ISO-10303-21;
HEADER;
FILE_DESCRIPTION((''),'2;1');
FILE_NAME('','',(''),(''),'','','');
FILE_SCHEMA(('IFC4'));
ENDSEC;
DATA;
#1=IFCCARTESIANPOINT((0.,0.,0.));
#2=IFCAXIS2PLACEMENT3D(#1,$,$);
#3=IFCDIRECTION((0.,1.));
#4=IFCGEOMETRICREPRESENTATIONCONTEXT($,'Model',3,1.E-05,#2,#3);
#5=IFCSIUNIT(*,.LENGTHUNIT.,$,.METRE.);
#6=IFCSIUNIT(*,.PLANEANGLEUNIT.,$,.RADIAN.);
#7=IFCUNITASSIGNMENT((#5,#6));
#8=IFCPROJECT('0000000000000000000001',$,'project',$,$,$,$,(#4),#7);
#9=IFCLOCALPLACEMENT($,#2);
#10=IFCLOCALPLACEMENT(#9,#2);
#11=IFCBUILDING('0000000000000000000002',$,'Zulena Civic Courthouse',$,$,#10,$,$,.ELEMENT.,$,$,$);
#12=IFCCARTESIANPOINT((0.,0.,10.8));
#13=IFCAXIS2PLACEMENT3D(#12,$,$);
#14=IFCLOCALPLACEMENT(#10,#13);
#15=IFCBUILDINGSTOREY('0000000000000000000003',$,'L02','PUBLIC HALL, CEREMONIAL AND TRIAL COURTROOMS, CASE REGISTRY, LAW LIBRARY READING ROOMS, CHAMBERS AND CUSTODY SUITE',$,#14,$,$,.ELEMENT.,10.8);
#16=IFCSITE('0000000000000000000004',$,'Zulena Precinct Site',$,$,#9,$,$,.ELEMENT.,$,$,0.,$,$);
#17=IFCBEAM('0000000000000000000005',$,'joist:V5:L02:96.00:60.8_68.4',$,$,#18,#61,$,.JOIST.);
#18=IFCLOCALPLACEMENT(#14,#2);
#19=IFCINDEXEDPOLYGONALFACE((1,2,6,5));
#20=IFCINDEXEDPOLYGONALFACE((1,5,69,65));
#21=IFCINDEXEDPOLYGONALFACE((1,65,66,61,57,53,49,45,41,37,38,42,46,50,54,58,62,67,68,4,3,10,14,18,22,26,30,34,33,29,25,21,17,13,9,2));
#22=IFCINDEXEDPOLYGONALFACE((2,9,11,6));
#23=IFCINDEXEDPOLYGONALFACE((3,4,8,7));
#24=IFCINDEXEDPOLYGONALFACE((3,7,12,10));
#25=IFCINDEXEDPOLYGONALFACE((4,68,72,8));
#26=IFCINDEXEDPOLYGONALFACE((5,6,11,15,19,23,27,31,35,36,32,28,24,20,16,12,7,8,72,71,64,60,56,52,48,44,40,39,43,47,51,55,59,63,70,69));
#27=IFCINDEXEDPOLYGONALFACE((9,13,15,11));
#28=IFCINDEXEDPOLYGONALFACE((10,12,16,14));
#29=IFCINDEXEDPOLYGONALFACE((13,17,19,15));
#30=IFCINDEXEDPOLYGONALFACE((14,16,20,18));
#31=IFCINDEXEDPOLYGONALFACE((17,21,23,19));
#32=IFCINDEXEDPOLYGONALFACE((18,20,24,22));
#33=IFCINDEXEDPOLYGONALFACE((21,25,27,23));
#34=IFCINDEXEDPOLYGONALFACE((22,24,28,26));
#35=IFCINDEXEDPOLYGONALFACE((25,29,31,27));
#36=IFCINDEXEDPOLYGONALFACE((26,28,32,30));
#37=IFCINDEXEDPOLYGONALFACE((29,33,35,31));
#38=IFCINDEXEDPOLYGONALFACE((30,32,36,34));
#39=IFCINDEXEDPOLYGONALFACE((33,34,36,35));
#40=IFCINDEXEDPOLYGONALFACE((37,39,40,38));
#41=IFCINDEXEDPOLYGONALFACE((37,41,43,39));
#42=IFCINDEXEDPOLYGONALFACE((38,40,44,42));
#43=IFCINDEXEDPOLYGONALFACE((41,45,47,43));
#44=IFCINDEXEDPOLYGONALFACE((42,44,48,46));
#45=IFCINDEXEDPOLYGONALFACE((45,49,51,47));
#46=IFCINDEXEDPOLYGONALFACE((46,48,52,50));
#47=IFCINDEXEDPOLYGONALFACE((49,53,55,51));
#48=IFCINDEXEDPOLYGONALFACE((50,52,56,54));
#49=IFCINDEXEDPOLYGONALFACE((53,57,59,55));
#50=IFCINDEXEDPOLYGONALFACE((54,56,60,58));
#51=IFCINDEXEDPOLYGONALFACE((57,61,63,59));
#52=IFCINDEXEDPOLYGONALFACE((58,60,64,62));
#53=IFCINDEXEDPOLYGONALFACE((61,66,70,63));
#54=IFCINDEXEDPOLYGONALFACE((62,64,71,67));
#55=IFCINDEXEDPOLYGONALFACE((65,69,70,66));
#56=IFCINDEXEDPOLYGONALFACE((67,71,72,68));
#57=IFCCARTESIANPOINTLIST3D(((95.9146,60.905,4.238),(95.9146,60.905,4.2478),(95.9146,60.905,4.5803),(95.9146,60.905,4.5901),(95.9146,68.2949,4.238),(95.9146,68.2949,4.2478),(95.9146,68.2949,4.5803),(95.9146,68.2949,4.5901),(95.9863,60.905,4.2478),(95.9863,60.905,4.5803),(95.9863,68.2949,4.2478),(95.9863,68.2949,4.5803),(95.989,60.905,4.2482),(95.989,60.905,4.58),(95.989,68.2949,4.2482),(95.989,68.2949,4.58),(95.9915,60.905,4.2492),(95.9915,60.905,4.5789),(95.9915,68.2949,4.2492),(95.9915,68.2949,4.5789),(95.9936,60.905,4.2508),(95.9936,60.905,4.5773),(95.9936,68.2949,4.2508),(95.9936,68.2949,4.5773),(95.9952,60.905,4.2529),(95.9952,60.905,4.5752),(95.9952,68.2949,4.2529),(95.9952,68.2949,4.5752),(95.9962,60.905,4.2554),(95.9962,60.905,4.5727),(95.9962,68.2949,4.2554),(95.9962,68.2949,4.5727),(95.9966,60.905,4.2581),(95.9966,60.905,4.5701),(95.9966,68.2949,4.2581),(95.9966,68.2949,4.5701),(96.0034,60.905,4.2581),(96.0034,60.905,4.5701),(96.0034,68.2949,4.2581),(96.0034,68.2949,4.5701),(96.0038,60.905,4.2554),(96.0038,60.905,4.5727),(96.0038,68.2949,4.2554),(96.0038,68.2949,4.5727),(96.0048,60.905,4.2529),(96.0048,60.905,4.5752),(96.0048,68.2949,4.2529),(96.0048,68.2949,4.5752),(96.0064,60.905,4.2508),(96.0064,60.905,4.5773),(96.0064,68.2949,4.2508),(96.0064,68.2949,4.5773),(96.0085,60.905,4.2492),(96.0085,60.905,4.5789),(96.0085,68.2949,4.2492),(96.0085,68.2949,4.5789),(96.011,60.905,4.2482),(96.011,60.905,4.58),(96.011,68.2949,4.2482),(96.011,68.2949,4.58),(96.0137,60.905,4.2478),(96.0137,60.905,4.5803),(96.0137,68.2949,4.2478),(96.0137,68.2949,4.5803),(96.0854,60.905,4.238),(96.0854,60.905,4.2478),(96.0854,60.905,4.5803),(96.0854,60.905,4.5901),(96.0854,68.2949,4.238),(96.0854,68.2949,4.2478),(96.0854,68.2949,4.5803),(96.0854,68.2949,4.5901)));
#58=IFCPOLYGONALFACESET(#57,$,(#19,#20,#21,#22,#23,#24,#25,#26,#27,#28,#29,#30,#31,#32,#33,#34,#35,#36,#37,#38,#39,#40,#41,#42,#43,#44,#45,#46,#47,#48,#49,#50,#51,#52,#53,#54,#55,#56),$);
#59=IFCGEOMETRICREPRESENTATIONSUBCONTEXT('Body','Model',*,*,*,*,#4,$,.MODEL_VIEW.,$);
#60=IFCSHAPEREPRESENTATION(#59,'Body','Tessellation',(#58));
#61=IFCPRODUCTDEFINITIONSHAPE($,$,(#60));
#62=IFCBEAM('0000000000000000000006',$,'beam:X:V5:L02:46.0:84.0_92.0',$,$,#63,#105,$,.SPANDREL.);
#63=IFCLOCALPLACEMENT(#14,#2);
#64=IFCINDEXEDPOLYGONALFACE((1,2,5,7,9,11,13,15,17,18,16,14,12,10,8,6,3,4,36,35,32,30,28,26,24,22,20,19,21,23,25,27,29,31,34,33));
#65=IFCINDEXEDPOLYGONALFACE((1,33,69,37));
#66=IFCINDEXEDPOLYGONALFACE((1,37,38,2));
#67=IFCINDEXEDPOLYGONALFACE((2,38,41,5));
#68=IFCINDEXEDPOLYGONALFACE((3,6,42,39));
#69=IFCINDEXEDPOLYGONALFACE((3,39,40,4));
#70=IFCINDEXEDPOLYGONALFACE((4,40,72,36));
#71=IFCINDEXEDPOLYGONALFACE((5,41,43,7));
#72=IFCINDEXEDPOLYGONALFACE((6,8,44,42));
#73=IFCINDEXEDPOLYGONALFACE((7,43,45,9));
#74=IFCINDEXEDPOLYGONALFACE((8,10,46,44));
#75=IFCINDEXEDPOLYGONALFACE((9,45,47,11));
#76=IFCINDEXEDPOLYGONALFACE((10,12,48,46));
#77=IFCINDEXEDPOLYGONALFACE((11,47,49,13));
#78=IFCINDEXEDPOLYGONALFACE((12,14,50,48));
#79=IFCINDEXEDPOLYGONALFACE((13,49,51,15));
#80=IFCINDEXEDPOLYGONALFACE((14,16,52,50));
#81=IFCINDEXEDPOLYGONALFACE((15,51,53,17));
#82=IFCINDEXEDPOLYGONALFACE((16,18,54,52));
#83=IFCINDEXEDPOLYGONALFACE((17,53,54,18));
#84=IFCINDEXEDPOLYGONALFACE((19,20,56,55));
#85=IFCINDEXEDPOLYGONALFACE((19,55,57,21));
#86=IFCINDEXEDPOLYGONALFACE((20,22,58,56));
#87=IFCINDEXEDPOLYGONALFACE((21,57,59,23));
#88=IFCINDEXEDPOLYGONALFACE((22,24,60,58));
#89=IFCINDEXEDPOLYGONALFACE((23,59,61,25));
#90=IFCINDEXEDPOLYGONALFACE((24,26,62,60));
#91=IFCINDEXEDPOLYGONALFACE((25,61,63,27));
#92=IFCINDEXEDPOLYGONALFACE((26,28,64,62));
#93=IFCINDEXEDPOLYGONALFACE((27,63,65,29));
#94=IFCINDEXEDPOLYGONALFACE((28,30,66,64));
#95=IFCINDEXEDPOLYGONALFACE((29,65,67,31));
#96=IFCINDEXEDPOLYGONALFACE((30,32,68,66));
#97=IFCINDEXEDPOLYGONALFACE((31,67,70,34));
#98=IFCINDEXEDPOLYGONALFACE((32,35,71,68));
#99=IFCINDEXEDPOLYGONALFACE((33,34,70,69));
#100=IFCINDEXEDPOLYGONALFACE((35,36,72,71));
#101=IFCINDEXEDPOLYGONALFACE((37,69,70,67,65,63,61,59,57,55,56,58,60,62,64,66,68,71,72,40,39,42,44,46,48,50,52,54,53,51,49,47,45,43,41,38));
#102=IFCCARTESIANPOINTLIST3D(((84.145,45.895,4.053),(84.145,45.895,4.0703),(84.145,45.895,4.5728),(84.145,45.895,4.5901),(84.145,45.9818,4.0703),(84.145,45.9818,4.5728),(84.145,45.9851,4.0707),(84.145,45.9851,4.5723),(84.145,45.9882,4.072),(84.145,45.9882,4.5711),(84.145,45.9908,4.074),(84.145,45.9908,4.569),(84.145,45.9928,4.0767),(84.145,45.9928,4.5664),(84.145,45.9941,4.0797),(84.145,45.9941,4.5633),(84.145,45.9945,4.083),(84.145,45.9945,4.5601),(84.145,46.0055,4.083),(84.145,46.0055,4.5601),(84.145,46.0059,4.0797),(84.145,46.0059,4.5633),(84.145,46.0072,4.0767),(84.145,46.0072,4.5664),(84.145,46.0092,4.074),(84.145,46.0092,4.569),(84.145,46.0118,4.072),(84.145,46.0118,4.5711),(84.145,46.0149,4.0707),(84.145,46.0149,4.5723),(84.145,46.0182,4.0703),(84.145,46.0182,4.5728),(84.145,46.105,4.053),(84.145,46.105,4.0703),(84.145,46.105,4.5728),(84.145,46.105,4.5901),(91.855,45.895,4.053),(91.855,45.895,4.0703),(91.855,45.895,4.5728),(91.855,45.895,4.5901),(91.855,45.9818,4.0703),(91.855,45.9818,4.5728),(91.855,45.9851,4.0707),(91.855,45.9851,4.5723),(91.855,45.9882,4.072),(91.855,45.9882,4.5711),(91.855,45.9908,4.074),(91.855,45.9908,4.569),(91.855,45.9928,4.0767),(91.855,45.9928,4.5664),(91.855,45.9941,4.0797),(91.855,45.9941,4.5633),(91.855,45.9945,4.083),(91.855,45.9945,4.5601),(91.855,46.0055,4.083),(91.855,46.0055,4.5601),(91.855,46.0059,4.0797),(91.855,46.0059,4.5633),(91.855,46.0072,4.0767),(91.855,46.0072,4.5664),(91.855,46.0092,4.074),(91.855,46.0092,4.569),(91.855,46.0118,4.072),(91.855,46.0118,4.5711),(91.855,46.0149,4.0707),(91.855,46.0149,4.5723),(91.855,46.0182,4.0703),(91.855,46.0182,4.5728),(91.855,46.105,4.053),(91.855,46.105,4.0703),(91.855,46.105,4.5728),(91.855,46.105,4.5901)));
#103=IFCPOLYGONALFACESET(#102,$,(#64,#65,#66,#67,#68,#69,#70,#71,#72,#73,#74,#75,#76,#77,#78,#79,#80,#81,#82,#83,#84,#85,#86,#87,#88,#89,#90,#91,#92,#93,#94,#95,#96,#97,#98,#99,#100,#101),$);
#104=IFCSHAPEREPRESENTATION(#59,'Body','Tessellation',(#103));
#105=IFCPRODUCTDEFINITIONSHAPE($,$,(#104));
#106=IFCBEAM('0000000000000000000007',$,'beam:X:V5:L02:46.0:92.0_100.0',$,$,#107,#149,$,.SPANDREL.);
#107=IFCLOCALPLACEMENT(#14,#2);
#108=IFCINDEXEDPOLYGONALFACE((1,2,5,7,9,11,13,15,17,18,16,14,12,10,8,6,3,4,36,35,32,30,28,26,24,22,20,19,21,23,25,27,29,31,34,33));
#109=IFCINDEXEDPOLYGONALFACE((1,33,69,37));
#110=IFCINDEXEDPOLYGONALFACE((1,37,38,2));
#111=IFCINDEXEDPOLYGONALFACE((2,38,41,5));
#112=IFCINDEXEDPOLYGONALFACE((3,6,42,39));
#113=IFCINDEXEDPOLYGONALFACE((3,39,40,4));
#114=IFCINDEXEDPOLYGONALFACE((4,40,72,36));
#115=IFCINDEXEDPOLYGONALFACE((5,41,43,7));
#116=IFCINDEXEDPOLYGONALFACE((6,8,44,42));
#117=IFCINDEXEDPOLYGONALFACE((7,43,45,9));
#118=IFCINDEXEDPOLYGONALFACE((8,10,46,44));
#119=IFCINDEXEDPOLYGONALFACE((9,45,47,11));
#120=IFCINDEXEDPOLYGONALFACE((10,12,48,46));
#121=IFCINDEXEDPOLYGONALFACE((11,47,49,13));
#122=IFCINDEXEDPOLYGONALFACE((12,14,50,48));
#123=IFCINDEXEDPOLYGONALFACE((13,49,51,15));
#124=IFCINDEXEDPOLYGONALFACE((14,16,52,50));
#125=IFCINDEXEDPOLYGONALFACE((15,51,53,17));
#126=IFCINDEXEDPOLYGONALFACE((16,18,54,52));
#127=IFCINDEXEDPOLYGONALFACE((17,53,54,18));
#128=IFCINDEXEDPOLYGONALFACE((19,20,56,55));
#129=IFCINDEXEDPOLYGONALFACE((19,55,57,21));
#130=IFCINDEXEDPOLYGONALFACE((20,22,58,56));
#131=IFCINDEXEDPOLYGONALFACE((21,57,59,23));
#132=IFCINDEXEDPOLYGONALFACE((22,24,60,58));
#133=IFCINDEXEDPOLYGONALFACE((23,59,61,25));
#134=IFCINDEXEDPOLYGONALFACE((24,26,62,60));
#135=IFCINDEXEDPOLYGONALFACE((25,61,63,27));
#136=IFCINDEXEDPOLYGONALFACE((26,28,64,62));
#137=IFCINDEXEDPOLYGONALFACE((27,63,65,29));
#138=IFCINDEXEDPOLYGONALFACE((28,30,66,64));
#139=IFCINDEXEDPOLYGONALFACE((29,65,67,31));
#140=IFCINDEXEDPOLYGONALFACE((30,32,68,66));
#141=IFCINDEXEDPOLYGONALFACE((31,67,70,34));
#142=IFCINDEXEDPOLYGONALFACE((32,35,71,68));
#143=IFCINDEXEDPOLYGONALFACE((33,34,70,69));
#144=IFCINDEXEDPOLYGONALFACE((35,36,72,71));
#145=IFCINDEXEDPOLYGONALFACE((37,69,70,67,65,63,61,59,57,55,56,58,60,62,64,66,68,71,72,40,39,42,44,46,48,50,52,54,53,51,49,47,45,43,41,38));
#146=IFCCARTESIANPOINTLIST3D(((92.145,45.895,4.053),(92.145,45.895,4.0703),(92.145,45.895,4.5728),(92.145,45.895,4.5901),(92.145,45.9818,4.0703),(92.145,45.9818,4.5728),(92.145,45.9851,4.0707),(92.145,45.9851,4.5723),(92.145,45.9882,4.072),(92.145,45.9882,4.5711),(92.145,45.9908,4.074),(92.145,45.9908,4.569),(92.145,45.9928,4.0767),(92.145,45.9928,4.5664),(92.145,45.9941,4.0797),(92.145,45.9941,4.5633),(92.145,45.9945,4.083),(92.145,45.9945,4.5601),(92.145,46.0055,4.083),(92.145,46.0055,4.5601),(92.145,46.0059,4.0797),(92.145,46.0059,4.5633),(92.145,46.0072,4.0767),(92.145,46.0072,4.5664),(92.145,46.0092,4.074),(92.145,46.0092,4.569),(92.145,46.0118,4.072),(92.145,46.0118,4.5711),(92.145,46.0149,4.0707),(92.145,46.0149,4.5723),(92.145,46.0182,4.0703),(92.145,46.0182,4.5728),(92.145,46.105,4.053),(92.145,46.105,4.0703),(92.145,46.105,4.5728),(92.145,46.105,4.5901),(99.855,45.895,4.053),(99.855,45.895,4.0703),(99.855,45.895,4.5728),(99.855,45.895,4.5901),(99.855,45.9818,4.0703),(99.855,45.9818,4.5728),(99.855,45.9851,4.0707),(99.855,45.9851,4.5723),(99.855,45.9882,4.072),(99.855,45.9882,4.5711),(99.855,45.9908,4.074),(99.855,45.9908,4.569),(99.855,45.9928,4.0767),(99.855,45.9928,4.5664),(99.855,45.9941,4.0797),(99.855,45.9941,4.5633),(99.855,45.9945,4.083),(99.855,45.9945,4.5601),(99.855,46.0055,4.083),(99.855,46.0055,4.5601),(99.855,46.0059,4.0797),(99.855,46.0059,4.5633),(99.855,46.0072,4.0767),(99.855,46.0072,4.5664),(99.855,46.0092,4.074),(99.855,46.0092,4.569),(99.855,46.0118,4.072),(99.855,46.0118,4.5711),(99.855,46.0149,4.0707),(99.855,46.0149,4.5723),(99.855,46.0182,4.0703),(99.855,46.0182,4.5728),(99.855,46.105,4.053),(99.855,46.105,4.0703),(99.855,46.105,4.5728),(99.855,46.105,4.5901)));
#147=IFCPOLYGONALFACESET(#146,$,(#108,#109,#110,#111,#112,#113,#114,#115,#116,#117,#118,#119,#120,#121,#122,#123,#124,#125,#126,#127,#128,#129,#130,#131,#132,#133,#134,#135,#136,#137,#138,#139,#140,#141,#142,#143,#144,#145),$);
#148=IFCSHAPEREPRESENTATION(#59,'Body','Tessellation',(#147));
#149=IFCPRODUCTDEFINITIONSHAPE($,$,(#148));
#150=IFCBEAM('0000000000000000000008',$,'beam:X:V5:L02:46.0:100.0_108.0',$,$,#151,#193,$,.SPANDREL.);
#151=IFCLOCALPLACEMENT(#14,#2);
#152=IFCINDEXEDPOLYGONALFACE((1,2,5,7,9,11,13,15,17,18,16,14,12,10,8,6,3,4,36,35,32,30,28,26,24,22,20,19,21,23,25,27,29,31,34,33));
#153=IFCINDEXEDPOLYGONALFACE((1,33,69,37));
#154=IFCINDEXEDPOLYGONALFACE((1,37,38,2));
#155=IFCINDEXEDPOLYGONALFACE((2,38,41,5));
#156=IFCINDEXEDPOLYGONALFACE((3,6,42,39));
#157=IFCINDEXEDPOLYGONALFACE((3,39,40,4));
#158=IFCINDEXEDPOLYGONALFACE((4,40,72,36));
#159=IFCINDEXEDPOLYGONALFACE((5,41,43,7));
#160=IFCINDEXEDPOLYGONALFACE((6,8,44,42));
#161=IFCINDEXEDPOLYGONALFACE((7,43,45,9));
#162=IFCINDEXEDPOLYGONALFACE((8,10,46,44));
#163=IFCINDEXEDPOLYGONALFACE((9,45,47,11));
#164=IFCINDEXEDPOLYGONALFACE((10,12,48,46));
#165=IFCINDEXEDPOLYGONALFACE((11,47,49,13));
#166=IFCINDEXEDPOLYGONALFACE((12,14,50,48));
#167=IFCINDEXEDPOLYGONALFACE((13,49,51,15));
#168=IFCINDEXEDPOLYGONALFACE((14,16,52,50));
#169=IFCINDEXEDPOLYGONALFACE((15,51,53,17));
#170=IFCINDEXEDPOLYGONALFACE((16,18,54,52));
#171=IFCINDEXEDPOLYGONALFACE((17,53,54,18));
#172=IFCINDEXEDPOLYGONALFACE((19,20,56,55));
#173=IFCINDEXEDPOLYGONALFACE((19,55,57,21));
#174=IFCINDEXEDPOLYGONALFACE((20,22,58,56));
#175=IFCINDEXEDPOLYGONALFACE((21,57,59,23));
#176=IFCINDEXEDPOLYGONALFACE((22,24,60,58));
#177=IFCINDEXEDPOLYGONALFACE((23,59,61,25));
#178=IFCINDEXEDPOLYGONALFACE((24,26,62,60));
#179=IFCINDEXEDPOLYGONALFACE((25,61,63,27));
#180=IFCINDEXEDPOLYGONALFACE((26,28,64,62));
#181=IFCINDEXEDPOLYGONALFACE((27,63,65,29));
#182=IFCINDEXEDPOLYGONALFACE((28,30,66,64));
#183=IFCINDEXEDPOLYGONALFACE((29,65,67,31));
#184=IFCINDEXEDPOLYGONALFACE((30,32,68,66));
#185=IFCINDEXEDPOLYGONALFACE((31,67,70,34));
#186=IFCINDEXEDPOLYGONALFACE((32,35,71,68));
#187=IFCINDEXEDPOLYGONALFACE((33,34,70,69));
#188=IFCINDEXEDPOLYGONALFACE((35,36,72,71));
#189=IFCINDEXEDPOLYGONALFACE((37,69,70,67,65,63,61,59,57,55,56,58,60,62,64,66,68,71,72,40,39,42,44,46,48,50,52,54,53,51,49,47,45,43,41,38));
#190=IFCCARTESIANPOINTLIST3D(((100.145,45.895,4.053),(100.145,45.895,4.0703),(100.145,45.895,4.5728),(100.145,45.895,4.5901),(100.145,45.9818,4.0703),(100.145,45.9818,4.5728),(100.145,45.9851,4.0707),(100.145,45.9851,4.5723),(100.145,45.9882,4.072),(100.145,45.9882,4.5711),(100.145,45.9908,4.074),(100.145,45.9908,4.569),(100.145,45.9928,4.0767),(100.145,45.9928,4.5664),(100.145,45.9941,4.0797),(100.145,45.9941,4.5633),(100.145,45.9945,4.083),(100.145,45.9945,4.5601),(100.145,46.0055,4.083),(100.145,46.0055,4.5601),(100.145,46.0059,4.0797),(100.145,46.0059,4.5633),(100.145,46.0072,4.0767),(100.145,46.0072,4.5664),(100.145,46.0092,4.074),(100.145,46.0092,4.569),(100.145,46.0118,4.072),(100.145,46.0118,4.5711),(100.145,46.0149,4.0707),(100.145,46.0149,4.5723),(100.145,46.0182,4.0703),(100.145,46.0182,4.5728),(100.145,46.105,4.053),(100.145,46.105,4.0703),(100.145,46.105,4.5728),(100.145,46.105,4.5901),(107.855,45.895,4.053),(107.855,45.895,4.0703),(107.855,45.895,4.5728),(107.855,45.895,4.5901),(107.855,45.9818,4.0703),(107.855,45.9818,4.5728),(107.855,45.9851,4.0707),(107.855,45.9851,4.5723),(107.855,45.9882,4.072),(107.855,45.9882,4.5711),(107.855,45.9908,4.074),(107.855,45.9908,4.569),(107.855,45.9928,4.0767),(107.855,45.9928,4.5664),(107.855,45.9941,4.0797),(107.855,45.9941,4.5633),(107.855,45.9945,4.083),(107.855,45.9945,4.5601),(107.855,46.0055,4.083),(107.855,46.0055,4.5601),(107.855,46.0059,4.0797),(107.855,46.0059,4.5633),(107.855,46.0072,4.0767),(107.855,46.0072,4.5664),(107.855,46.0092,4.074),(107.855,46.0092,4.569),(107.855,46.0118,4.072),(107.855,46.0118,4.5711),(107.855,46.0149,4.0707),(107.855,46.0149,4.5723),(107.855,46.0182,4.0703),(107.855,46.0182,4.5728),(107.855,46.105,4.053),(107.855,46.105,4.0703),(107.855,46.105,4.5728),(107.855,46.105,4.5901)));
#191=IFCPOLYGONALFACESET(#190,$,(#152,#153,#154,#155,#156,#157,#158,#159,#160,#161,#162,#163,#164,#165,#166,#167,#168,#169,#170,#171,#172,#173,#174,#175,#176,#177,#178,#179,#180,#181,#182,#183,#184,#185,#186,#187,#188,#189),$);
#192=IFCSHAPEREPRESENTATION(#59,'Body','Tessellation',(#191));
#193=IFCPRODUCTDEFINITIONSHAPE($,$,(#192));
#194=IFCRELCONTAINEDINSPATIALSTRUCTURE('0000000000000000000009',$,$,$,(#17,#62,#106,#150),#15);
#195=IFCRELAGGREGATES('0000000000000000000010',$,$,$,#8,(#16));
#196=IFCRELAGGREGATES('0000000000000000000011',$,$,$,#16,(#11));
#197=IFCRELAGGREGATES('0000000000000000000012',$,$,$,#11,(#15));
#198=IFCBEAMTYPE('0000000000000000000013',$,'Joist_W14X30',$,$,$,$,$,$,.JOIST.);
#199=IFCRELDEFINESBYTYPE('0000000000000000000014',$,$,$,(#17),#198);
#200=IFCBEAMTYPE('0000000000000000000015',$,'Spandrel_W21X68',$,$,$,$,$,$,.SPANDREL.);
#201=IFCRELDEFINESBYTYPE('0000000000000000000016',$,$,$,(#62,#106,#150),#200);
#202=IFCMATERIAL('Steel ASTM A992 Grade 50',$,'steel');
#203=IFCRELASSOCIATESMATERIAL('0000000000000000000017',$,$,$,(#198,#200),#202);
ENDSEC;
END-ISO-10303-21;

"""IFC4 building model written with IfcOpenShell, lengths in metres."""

from ifc_helpers import new_model, si_unit, direction, frame, origin, origin_2d, place, context, subcontext, project, spatial, i_section, extrude, material, material_profile, profile_set, type_object, element, save


model = new_model("IFC4")

# Units and contexts
model_context = context("Model", 3, precision=1e-05, world=origin(), true_north=direction((0.0, 1.0)))
body_context = subcontext(model_context, "Body", "Model", "MODEL_VIEW")
ifc_project = project(units=[si_unit("LENGTHUNIT", "METRE"), si_unit("PLANEANGLEUNIT", "RADIAN")], contexts=[model_context])

# Site, building, storey
site_placement = place(None, origin())
site = spatial("IfcSite", under=ifc_project, at=site_placement, Name="Zulena Precinct Site", CompositionType="ELEMENT", RefElevation=0.0)
building_placement = place(site_placement, origin())
building = spatial("IfcBuilding", under=site, at=building_placement, Name="Zulena Civic Courthouse", CompositionType="ELEMENT")
storey_placement = place(building_placement, frame((0.0, 0.0, 10.8)))
storey = spatial("IfcBuildingStorey", under=building, at=storey_placement, Name="L02", Description="PUBLIC HALL, CEREMONIAL AND TRIAL COURTROOMS, CASE REGISTRY, LAW LIBRARY READING ROOMS, CHAMBERS AND CUSTODY SUITE", CompositionType="ELEMENT", Elevation=10.8)

# Shared definitions
ifc_material_1 = material(Name="Steel ASTM A992 Grade 50", Category="steel")

# Beams
ifc_material_profile_1 = material_profile(ifc_material_1, i_section(OverallWidth=0.1709, OverallDepth=0.3521, WebThickness=0.0068, FlangeThickness=0.0098, FilletRadius=0.0103, at=origin_2d()), Name="W14X30")
ifc_profile_set_1 = profile_set([ifc_material_profile_1], Name="Steel ASTM A992 Grade 50")
beam_type_1 = type_object("IfcBeamType", Name="Joist_W14X30", PredefinedType="JOIST", material=ifc_profile_set_1)
beam_1_placement = place(storey_placement, frame((96.0, 60.905, 4.4141), z_axis=(0.0, 1.0, 0.0), x_axis=(-1.0, 0.0, 0.0)))
element("IfcBeam", 1, at=beam_1_placement, inside=storey, type_object=beam_type_1, Name="joist:V5:L02:96.00:60.8_68.4", PredefinedType="JOIST", context=body_context, shape_type="SweptSolid", body=[
    extrude(i_section(OverallWidth=0.1709, OverallDepth=0.3521, WebThickness=0.0068, FlangeThickness=0.0098, FilletRadius=0.0103, at=origin_2d()), origin(), (0.0, 0.0, 1.0), 7.3899),
])
ifc_material_profile_2 = material_profile(ifc_material_1, i_section(OverallWidth=0.21, OverallDepth=0.5371, WebThickness=0.011, FlangeThickness=0.0173, FilletRadius=0.0127, at=origin_2d()), Name="W21X68")
ifc_profile_set_2 = profile_set([ifc_material_profile_2], Name="Steel ASTM A992 Grade 50")
beam_type_2 = type_object("IfcBeamType", Name="Spandrel_W21X68", PredefinedType="SPANDREL", material=ifc_profile_set_2)
for number, where, z_axis, x_axis, name in (
    (2, (84.145, 46.0, 4.3215), (1.0, 0.0, 0.0), (0.0, 1.0, 0.0), "beam:X:V5:L02:46.0:84.0_92.0"),
    (3, (92.145, 46.0, 4.3215), (1.0, 0.0, 0.0), (0.0, 1.0, 0.0), "beam:X:V5:L02:46.0:92.0_100.0"),
    (4, (100.145, 46.0, 4.3215), (1.0, 0.0, 0.0), (0.0, 1.0, 0.0), "beam:X:V5:L02:46.0:100.0_108.0"),
):
    element("IfcBeam", number, at=place(storey_placement, frame(where, z_axis=z_axis, x_axis=x_axis)), inside=storey, type_object=beam_type_2, Name=name, PredefinedType="SPANDREL", context=body_context, shape_type="SweptSolid", body=[
        extrude(i_section(OverallWidth=0.21, OverallDepth=0.5371, WebThickness=0.011, FlangeThickness=0.0173, FilletRadius=0.0127, at=origin_2d()), origin(), (0.0, 0.0, 1.0), 7.71),
    ])

save(model, "model.ifc")
